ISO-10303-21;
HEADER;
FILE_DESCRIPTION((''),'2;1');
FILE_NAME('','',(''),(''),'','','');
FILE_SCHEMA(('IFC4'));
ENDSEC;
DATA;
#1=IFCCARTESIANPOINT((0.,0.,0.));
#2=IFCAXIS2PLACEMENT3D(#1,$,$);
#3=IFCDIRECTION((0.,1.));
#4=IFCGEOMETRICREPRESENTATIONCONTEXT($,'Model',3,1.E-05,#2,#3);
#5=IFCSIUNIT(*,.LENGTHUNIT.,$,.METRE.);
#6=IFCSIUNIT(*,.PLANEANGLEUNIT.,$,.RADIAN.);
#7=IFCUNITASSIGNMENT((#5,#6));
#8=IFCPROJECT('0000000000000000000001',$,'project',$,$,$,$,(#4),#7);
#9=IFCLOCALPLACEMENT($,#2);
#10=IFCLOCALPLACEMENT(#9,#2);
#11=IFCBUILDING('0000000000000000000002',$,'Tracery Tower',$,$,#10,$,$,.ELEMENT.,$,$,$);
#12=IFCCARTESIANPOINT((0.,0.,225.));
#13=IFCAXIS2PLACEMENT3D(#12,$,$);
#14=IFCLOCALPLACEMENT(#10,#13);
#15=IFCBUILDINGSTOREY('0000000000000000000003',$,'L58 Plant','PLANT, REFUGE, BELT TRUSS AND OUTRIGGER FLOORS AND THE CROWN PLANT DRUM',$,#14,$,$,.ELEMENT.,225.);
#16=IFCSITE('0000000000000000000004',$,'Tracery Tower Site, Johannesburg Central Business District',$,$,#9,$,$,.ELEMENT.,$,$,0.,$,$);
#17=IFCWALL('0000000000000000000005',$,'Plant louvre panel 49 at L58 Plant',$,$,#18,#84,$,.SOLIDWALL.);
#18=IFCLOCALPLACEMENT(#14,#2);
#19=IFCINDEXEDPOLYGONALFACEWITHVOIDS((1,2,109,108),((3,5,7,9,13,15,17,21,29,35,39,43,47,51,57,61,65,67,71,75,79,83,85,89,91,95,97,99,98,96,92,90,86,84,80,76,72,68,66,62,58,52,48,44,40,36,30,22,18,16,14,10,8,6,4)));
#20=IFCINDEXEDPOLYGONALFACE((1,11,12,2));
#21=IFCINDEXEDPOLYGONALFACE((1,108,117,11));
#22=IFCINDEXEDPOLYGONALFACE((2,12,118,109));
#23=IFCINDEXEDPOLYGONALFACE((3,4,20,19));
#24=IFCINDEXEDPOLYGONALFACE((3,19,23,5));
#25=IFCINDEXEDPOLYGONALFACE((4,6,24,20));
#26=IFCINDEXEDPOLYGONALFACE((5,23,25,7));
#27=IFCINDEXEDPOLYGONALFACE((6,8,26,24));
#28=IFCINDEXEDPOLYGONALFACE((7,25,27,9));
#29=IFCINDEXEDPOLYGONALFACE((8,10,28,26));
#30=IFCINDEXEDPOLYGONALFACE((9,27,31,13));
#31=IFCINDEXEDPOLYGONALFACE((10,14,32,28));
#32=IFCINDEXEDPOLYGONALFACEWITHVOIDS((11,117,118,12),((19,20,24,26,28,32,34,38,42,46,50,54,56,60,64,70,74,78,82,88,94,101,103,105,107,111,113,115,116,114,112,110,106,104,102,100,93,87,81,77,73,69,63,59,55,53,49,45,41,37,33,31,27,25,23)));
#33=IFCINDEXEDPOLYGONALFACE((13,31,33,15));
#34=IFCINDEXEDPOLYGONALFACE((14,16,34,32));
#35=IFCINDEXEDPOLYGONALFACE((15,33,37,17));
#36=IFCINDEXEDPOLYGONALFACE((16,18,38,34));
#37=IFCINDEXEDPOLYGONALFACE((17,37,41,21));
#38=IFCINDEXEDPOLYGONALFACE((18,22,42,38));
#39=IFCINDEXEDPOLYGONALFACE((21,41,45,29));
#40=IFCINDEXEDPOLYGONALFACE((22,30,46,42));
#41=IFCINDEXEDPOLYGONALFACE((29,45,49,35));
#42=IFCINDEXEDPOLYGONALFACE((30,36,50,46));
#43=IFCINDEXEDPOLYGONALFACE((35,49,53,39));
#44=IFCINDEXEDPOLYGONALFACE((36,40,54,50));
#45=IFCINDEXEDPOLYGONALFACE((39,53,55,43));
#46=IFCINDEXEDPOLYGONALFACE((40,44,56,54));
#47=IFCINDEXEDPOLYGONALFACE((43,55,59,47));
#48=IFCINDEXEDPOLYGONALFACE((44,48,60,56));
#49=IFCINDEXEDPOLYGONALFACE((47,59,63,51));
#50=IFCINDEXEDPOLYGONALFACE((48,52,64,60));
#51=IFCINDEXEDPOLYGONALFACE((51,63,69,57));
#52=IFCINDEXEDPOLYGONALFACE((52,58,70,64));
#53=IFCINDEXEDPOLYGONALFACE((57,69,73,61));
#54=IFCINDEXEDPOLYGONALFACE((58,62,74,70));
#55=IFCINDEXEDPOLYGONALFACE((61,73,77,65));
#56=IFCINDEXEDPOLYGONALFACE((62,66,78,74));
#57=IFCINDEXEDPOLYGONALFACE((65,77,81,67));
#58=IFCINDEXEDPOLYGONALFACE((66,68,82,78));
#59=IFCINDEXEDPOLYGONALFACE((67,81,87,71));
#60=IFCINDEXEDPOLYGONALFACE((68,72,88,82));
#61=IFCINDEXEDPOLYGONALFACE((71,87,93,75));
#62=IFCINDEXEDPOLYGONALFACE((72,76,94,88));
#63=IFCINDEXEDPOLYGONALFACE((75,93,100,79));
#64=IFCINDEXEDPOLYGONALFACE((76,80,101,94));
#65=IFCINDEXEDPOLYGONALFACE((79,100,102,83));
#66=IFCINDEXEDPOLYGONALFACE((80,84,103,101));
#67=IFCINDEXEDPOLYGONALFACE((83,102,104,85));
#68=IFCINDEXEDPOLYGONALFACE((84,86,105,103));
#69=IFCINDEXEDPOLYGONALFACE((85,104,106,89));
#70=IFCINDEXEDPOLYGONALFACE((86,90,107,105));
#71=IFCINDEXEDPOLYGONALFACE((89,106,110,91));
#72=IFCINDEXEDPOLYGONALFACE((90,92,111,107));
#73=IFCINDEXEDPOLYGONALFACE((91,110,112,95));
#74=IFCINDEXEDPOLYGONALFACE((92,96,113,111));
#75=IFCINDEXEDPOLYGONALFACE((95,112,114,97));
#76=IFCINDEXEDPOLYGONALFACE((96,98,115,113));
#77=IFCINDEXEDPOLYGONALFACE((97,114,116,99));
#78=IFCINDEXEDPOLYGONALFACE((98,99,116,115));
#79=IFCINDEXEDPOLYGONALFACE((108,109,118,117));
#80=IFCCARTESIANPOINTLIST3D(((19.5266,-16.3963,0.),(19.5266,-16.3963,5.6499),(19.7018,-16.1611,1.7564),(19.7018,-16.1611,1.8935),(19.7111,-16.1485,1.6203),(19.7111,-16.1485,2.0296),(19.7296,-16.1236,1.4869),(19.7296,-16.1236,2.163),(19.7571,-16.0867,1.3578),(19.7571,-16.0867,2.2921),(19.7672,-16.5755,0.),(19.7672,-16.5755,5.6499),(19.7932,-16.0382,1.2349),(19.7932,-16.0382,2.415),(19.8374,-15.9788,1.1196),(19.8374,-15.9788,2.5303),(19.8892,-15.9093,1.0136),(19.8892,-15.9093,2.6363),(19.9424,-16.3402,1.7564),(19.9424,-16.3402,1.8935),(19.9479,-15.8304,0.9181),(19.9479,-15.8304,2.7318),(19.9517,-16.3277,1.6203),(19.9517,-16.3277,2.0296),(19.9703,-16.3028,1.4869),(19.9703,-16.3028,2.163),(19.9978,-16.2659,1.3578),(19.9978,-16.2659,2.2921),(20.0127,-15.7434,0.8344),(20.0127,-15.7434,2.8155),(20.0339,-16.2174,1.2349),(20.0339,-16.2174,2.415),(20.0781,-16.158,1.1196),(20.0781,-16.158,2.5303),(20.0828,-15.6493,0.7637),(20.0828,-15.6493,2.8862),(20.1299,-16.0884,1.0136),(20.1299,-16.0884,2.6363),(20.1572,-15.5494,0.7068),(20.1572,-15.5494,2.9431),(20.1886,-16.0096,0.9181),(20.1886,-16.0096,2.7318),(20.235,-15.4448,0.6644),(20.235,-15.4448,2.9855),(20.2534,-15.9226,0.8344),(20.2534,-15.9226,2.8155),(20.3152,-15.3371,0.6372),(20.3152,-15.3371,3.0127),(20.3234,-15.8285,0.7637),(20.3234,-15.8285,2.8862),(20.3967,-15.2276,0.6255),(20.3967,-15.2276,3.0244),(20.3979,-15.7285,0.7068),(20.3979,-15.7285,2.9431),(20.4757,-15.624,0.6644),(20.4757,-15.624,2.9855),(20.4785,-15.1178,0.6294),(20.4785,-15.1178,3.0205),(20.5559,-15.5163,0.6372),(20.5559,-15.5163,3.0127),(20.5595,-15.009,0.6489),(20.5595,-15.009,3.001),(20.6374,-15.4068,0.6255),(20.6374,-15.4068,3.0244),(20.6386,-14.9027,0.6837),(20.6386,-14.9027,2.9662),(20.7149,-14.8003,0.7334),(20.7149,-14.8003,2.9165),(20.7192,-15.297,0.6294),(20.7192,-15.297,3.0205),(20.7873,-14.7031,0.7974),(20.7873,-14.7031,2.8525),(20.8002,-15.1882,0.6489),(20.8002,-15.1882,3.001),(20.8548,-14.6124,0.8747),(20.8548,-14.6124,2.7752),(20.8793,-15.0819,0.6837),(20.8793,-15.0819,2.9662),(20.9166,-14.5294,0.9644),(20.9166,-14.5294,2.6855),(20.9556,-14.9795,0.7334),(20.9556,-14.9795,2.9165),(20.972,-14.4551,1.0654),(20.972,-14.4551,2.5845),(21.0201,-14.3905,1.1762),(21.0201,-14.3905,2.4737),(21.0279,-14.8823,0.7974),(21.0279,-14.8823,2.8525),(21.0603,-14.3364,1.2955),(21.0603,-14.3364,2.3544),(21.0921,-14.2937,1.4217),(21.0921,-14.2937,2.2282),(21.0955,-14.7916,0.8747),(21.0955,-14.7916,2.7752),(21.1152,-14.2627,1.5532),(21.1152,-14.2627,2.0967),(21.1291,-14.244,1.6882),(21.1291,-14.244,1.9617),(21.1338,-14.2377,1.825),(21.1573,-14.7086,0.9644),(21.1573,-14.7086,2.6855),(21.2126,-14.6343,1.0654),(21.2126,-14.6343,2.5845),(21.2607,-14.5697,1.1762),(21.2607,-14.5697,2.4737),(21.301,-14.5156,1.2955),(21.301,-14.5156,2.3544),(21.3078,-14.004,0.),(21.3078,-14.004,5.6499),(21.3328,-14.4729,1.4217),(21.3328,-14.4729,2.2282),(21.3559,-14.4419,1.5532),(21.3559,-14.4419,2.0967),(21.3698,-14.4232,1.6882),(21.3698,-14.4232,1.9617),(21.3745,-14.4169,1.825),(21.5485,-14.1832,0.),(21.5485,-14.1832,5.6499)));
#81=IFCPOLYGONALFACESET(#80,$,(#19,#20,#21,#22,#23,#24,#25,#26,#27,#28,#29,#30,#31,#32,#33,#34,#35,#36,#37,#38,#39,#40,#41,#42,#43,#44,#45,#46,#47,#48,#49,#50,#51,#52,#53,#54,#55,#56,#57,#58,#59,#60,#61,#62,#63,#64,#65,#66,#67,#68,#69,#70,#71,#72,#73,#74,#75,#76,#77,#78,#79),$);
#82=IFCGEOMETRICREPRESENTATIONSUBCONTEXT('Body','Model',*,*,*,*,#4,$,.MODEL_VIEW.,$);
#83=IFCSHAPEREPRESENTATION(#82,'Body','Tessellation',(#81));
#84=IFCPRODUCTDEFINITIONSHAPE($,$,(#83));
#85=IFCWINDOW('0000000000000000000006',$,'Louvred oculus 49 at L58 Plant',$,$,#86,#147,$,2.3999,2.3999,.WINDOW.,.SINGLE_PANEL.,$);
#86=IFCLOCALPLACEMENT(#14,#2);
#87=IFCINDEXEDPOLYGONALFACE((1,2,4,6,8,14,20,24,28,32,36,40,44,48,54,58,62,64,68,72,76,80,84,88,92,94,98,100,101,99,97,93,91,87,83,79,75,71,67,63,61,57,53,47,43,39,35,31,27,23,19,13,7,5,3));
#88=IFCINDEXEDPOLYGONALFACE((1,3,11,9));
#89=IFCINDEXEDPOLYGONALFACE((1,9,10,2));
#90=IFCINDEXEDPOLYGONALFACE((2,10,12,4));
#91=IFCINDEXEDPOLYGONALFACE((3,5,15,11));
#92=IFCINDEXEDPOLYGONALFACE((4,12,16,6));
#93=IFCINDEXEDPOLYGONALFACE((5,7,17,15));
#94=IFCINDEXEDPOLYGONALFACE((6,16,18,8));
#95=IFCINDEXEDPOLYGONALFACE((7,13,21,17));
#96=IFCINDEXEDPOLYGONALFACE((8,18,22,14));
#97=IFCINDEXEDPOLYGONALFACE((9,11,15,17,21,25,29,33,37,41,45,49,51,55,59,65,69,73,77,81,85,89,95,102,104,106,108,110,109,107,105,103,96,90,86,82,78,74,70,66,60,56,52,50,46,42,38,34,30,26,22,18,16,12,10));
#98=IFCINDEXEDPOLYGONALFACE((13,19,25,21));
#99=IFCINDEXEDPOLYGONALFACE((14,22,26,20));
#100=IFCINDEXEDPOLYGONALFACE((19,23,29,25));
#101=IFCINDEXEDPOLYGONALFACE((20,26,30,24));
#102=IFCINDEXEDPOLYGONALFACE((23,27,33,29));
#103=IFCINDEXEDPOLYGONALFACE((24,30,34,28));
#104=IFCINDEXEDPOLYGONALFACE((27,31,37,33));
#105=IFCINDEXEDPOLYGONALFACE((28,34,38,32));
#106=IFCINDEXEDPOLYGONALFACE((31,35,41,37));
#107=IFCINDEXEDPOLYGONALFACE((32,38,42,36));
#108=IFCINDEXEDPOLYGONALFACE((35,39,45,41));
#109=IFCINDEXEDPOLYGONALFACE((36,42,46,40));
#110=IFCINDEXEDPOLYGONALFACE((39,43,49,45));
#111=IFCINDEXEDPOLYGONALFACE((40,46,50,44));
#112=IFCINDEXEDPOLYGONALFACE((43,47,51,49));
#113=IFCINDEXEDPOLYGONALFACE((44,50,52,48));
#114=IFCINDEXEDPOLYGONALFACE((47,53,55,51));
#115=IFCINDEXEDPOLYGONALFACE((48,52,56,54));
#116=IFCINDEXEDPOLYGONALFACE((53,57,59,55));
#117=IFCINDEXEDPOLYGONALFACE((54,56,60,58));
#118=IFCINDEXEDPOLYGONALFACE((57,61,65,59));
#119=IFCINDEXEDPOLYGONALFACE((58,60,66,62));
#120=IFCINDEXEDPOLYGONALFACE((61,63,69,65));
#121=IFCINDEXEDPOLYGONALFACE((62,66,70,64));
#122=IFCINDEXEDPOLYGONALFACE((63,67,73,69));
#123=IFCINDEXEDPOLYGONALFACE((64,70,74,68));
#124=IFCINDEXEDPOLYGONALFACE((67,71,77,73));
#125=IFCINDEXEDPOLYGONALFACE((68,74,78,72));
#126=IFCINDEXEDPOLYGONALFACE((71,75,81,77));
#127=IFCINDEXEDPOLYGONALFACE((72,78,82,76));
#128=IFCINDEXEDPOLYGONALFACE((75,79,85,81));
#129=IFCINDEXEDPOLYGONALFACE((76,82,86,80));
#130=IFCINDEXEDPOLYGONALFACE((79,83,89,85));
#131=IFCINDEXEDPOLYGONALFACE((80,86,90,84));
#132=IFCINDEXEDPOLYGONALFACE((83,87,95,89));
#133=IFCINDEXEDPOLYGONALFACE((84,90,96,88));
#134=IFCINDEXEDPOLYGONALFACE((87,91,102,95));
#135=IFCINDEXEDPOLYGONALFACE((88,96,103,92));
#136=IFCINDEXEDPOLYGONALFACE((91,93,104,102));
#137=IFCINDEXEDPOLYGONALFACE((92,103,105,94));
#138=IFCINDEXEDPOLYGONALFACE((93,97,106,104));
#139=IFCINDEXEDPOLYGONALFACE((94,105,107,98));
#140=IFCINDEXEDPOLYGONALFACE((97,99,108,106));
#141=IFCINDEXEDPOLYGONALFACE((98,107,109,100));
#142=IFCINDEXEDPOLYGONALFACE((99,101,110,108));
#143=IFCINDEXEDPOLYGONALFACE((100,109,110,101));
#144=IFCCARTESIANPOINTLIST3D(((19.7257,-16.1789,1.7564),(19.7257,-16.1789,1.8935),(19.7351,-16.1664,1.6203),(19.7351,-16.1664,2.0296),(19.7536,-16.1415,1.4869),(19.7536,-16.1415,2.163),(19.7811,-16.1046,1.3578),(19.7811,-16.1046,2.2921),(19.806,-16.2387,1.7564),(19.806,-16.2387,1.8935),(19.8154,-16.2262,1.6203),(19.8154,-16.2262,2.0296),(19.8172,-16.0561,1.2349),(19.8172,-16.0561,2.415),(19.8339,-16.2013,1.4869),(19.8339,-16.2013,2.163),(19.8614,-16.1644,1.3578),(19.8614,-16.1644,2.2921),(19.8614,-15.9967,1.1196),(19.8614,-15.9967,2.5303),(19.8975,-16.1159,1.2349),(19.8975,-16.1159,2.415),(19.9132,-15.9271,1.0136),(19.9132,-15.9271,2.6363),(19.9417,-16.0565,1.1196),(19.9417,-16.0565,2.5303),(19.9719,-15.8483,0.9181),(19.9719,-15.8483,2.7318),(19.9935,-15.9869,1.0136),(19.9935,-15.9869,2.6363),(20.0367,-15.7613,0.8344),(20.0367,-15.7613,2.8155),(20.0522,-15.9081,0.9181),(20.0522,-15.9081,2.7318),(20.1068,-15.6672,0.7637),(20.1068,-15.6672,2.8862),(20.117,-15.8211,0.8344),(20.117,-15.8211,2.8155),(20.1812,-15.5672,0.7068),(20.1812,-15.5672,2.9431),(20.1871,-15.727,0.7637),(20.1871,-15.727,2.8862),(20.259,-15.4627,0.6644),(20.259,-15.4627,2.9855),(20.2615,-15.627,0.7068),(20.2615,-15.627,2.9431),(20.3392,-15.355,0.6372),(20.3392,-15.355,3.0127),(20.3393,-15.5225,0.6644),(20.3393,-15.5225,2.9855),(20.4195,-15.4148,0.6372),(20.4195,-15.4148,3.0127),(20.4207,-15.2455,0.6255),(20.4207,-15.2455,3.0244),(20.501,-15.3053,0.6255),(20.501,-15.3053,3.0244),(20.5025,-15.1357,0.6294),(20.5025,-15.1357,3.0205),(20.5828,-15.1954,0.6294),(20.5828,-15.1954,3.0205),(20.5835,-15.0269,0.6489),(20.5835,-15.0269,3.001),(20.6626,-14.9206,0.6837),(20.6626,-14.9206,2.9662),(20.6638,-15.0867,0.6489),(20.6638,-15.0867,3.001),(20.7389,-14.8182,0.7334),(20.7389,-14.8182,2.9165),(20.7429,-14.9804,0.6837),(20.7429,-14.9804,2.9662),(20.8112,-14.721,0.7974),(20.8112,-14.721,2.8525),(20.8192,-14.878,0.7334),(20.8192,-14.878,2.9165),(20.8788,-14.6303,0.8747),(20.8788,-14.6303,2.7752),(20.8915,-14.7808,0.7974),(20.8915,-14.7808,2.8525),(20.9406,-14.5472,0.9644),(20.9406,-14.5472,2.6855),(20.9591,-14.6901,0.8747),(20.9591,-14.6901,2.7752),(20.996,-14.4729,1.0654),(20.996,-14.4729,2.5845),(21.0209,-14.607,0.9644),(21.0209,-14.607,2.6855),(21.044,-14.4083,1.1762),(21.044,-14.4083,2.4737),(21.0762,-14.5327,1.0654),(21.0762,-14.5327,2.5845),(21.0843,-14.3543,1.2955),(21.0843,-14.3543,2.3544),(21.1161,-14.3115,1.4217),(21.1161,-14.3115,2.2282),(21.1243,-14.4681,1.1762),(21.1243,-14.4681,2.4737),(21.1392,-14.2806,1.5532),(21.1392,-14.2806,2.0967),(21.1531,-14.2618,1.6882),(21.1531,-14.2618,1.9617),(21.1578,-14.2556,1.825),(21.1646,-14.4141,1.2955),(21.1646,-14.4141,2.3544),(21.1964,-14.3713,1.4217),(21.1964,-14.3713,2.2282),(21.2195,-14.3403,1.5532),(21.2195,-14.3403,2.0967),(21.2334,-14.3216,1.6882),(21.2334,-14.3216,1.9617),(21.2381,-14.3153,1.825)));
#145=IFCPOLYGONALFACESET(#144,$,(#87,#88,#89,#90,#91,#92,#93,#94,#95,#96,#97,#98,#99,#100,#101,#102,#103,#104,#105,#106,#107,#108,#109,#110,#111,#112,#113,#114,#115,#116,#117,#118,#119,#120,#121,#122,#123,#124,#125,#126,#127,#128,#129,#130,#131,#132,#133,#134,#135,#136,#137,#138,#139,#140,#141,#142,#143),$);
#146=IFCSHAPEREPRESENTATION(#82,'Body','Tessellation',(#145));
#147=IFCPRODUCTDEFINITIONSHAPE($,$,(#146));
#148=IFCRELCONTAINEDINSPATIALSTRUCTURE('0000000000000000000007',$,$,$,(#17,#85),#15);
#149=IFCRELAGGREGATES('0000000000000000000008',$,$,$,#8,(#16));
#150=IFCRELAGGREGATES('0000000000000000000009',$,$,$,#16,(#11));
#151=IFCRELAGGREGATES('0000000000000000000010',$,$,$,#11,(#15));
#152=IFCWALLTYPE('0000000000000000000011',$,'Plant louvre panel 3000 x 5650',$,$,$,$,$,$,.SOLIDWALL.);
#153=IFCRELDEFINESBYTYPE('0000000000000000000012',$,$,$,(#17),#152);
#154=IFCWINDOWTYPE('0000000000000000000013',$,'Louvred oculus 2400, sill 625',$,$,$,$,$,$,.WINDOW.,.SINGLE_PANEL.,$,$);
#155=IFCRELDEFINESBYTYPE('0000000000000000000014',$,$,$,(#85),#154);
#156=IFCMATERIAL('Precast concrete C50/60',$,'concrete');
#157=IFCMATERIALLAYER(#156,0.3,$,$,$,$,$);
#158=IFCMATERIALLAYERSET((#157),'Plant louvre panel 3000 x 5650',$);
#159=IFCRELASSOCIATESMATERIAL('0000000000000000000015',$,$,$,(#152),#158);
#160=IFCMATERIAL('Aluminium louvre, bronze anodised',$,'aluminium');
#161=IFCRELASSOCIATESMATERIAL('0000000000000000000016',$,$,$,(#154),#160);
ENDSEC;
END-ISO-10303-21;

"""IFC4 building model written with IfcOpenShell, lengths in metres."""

from ifc_helpers import new_model, si_unit, direction, frame, frame_2d, origin, origin_2d, place, context, subcontext, project, spatial, rectangle, circle, extrude, material, layer, layer_set, type_object, element, fill, save


model = new_model("IFC4")

# Units and contexts
model_context = context("Model", 3, precision=1e-05, world=origin(), true_north=direction((0.0, 1.0)))
body_context = subcontext(model_context, "Body", "Model", "MODEL_VIEW")
ifc_project = project(units=[si_unit("LENGTHUNIT", "METRE"), si_unit("PLANEANGLEUNIT", "RADIAN")], contexts=[model_context])

# Site, building, storey
site_placement = place(None, origin())
site = spatial("IfcSite", under=ifc_project, at=site_placement, Name="Tracery Tower Site, Johannesburg Central Business District", CompositionType="ELEMENT", RefElevation=0.0)
building_placement = place(site_placement, origin())
building = spatial("IfcBuilding", under=site, at=building_placement, Name="Tracery Tower", CompositionType="ELEMENT")
storey_placement = place(building_placement, frame((0.0, 0.0, 225.0)))
storey = spatial("IfcBuildingStorey", under=building, at=storey_placement, Name="L58 Plant", Description="PLANT, REFUGE, BELT TRUSS AND OUTRIGGER FLOORS AND THE CROWN PLANT DRUM", CompositionType="ELEMENT", Elevation=225.0)

# Wall, opening, window
ifc_material_1 = material(Name="Precast concrete C50/60", Category="concrete")
ifc_layer_1 = layer(ifc_material_1, 0.3)
ifc_layer_set_1 = layer_set([ifc_layer_1], Name="Plant louvre panel 3000 x 5650")
wall_type_1 = type_object("IfcWallType", Name="Plant louvre panel 3000 x 5650", PredefinedType="SOLIDWALL", material=ifc_layer_set_1)
ifc_material_2 = material(Name="Aluminium louvre, bronze anodised", Category="aluminium")
window_type = type_object("IfcWindowType", Name="Louvred oculus 2400, sill 625", PartitioningType="SINGLE_PANEL", PredefinedType="WINDOW", material=ifc_material_2)
wall_1_placement = place(storey_placement, frame((19.647, -16.4858, 0.0), z_axis=(0.0, 0.0, 1.0), x_axis=(0.597207, 0.802087, 0.0)))
wall_1 = element("IfcWall", 1, at=wall_1_placement, inside=storey, type_object=wall_type_1, Name="Plant louvre panel 49 at L58 Plant", PredefinedType="SOLIDWALL", context=body_context, shape_type="SweptSolid", body=[
    extrude(rectangle(XDim=2.9827, YDim=0.3, at=frame_2d((1.4912, 0.0))), origin(), (0.0, 0.0, 1.0), 5.6499),
])
opening_1_placement = place(wall_1_placement, frame((1.4912, 0.0, 1.825)))
opening_1 = element("IfcOpeningElement", 2, at=opening_1_placement, cuts=wall_1, PredefinedType="OPENING", context=body_context, shape_type="SweptSolid", body=[
    extrude(circle(Radius=1.2, at=origin_2d()), frame((0.0, 0.1599, 0.0), z_axis=(0.0, -1.0, 0.0), x_axis=(1.0, 0.0, 0.0)), (0.0, 0.0, 1.0), 0.3201),
])
window_1_placement = place(opening_1_placement, origin())
window_1 = element("IfcWindow", 3, at=window_1_placement, inside=storey, type_object=window_type, Name="Louvred oculus 49 at L58 Plant", OverallHeight=2.3999, OverallWidth=2.3999, PartitioningType="SINGLE_PANEL", PredefinedType="WINDOW", context=body_context, shape_type="SweptSolid", body=[
    extrude(circle(Radius=1.2, at=origin_2d()), frame((0.0, 0.1201, 0.0), z_axis=(0.0, -1.0, 0.0), x_axis=(1.0, 0.0, 0.0)), (0.0, 0.0, 1.0), 0.1001),
])
fill(opening_1, window_1)

save(model, "model.ifc")
